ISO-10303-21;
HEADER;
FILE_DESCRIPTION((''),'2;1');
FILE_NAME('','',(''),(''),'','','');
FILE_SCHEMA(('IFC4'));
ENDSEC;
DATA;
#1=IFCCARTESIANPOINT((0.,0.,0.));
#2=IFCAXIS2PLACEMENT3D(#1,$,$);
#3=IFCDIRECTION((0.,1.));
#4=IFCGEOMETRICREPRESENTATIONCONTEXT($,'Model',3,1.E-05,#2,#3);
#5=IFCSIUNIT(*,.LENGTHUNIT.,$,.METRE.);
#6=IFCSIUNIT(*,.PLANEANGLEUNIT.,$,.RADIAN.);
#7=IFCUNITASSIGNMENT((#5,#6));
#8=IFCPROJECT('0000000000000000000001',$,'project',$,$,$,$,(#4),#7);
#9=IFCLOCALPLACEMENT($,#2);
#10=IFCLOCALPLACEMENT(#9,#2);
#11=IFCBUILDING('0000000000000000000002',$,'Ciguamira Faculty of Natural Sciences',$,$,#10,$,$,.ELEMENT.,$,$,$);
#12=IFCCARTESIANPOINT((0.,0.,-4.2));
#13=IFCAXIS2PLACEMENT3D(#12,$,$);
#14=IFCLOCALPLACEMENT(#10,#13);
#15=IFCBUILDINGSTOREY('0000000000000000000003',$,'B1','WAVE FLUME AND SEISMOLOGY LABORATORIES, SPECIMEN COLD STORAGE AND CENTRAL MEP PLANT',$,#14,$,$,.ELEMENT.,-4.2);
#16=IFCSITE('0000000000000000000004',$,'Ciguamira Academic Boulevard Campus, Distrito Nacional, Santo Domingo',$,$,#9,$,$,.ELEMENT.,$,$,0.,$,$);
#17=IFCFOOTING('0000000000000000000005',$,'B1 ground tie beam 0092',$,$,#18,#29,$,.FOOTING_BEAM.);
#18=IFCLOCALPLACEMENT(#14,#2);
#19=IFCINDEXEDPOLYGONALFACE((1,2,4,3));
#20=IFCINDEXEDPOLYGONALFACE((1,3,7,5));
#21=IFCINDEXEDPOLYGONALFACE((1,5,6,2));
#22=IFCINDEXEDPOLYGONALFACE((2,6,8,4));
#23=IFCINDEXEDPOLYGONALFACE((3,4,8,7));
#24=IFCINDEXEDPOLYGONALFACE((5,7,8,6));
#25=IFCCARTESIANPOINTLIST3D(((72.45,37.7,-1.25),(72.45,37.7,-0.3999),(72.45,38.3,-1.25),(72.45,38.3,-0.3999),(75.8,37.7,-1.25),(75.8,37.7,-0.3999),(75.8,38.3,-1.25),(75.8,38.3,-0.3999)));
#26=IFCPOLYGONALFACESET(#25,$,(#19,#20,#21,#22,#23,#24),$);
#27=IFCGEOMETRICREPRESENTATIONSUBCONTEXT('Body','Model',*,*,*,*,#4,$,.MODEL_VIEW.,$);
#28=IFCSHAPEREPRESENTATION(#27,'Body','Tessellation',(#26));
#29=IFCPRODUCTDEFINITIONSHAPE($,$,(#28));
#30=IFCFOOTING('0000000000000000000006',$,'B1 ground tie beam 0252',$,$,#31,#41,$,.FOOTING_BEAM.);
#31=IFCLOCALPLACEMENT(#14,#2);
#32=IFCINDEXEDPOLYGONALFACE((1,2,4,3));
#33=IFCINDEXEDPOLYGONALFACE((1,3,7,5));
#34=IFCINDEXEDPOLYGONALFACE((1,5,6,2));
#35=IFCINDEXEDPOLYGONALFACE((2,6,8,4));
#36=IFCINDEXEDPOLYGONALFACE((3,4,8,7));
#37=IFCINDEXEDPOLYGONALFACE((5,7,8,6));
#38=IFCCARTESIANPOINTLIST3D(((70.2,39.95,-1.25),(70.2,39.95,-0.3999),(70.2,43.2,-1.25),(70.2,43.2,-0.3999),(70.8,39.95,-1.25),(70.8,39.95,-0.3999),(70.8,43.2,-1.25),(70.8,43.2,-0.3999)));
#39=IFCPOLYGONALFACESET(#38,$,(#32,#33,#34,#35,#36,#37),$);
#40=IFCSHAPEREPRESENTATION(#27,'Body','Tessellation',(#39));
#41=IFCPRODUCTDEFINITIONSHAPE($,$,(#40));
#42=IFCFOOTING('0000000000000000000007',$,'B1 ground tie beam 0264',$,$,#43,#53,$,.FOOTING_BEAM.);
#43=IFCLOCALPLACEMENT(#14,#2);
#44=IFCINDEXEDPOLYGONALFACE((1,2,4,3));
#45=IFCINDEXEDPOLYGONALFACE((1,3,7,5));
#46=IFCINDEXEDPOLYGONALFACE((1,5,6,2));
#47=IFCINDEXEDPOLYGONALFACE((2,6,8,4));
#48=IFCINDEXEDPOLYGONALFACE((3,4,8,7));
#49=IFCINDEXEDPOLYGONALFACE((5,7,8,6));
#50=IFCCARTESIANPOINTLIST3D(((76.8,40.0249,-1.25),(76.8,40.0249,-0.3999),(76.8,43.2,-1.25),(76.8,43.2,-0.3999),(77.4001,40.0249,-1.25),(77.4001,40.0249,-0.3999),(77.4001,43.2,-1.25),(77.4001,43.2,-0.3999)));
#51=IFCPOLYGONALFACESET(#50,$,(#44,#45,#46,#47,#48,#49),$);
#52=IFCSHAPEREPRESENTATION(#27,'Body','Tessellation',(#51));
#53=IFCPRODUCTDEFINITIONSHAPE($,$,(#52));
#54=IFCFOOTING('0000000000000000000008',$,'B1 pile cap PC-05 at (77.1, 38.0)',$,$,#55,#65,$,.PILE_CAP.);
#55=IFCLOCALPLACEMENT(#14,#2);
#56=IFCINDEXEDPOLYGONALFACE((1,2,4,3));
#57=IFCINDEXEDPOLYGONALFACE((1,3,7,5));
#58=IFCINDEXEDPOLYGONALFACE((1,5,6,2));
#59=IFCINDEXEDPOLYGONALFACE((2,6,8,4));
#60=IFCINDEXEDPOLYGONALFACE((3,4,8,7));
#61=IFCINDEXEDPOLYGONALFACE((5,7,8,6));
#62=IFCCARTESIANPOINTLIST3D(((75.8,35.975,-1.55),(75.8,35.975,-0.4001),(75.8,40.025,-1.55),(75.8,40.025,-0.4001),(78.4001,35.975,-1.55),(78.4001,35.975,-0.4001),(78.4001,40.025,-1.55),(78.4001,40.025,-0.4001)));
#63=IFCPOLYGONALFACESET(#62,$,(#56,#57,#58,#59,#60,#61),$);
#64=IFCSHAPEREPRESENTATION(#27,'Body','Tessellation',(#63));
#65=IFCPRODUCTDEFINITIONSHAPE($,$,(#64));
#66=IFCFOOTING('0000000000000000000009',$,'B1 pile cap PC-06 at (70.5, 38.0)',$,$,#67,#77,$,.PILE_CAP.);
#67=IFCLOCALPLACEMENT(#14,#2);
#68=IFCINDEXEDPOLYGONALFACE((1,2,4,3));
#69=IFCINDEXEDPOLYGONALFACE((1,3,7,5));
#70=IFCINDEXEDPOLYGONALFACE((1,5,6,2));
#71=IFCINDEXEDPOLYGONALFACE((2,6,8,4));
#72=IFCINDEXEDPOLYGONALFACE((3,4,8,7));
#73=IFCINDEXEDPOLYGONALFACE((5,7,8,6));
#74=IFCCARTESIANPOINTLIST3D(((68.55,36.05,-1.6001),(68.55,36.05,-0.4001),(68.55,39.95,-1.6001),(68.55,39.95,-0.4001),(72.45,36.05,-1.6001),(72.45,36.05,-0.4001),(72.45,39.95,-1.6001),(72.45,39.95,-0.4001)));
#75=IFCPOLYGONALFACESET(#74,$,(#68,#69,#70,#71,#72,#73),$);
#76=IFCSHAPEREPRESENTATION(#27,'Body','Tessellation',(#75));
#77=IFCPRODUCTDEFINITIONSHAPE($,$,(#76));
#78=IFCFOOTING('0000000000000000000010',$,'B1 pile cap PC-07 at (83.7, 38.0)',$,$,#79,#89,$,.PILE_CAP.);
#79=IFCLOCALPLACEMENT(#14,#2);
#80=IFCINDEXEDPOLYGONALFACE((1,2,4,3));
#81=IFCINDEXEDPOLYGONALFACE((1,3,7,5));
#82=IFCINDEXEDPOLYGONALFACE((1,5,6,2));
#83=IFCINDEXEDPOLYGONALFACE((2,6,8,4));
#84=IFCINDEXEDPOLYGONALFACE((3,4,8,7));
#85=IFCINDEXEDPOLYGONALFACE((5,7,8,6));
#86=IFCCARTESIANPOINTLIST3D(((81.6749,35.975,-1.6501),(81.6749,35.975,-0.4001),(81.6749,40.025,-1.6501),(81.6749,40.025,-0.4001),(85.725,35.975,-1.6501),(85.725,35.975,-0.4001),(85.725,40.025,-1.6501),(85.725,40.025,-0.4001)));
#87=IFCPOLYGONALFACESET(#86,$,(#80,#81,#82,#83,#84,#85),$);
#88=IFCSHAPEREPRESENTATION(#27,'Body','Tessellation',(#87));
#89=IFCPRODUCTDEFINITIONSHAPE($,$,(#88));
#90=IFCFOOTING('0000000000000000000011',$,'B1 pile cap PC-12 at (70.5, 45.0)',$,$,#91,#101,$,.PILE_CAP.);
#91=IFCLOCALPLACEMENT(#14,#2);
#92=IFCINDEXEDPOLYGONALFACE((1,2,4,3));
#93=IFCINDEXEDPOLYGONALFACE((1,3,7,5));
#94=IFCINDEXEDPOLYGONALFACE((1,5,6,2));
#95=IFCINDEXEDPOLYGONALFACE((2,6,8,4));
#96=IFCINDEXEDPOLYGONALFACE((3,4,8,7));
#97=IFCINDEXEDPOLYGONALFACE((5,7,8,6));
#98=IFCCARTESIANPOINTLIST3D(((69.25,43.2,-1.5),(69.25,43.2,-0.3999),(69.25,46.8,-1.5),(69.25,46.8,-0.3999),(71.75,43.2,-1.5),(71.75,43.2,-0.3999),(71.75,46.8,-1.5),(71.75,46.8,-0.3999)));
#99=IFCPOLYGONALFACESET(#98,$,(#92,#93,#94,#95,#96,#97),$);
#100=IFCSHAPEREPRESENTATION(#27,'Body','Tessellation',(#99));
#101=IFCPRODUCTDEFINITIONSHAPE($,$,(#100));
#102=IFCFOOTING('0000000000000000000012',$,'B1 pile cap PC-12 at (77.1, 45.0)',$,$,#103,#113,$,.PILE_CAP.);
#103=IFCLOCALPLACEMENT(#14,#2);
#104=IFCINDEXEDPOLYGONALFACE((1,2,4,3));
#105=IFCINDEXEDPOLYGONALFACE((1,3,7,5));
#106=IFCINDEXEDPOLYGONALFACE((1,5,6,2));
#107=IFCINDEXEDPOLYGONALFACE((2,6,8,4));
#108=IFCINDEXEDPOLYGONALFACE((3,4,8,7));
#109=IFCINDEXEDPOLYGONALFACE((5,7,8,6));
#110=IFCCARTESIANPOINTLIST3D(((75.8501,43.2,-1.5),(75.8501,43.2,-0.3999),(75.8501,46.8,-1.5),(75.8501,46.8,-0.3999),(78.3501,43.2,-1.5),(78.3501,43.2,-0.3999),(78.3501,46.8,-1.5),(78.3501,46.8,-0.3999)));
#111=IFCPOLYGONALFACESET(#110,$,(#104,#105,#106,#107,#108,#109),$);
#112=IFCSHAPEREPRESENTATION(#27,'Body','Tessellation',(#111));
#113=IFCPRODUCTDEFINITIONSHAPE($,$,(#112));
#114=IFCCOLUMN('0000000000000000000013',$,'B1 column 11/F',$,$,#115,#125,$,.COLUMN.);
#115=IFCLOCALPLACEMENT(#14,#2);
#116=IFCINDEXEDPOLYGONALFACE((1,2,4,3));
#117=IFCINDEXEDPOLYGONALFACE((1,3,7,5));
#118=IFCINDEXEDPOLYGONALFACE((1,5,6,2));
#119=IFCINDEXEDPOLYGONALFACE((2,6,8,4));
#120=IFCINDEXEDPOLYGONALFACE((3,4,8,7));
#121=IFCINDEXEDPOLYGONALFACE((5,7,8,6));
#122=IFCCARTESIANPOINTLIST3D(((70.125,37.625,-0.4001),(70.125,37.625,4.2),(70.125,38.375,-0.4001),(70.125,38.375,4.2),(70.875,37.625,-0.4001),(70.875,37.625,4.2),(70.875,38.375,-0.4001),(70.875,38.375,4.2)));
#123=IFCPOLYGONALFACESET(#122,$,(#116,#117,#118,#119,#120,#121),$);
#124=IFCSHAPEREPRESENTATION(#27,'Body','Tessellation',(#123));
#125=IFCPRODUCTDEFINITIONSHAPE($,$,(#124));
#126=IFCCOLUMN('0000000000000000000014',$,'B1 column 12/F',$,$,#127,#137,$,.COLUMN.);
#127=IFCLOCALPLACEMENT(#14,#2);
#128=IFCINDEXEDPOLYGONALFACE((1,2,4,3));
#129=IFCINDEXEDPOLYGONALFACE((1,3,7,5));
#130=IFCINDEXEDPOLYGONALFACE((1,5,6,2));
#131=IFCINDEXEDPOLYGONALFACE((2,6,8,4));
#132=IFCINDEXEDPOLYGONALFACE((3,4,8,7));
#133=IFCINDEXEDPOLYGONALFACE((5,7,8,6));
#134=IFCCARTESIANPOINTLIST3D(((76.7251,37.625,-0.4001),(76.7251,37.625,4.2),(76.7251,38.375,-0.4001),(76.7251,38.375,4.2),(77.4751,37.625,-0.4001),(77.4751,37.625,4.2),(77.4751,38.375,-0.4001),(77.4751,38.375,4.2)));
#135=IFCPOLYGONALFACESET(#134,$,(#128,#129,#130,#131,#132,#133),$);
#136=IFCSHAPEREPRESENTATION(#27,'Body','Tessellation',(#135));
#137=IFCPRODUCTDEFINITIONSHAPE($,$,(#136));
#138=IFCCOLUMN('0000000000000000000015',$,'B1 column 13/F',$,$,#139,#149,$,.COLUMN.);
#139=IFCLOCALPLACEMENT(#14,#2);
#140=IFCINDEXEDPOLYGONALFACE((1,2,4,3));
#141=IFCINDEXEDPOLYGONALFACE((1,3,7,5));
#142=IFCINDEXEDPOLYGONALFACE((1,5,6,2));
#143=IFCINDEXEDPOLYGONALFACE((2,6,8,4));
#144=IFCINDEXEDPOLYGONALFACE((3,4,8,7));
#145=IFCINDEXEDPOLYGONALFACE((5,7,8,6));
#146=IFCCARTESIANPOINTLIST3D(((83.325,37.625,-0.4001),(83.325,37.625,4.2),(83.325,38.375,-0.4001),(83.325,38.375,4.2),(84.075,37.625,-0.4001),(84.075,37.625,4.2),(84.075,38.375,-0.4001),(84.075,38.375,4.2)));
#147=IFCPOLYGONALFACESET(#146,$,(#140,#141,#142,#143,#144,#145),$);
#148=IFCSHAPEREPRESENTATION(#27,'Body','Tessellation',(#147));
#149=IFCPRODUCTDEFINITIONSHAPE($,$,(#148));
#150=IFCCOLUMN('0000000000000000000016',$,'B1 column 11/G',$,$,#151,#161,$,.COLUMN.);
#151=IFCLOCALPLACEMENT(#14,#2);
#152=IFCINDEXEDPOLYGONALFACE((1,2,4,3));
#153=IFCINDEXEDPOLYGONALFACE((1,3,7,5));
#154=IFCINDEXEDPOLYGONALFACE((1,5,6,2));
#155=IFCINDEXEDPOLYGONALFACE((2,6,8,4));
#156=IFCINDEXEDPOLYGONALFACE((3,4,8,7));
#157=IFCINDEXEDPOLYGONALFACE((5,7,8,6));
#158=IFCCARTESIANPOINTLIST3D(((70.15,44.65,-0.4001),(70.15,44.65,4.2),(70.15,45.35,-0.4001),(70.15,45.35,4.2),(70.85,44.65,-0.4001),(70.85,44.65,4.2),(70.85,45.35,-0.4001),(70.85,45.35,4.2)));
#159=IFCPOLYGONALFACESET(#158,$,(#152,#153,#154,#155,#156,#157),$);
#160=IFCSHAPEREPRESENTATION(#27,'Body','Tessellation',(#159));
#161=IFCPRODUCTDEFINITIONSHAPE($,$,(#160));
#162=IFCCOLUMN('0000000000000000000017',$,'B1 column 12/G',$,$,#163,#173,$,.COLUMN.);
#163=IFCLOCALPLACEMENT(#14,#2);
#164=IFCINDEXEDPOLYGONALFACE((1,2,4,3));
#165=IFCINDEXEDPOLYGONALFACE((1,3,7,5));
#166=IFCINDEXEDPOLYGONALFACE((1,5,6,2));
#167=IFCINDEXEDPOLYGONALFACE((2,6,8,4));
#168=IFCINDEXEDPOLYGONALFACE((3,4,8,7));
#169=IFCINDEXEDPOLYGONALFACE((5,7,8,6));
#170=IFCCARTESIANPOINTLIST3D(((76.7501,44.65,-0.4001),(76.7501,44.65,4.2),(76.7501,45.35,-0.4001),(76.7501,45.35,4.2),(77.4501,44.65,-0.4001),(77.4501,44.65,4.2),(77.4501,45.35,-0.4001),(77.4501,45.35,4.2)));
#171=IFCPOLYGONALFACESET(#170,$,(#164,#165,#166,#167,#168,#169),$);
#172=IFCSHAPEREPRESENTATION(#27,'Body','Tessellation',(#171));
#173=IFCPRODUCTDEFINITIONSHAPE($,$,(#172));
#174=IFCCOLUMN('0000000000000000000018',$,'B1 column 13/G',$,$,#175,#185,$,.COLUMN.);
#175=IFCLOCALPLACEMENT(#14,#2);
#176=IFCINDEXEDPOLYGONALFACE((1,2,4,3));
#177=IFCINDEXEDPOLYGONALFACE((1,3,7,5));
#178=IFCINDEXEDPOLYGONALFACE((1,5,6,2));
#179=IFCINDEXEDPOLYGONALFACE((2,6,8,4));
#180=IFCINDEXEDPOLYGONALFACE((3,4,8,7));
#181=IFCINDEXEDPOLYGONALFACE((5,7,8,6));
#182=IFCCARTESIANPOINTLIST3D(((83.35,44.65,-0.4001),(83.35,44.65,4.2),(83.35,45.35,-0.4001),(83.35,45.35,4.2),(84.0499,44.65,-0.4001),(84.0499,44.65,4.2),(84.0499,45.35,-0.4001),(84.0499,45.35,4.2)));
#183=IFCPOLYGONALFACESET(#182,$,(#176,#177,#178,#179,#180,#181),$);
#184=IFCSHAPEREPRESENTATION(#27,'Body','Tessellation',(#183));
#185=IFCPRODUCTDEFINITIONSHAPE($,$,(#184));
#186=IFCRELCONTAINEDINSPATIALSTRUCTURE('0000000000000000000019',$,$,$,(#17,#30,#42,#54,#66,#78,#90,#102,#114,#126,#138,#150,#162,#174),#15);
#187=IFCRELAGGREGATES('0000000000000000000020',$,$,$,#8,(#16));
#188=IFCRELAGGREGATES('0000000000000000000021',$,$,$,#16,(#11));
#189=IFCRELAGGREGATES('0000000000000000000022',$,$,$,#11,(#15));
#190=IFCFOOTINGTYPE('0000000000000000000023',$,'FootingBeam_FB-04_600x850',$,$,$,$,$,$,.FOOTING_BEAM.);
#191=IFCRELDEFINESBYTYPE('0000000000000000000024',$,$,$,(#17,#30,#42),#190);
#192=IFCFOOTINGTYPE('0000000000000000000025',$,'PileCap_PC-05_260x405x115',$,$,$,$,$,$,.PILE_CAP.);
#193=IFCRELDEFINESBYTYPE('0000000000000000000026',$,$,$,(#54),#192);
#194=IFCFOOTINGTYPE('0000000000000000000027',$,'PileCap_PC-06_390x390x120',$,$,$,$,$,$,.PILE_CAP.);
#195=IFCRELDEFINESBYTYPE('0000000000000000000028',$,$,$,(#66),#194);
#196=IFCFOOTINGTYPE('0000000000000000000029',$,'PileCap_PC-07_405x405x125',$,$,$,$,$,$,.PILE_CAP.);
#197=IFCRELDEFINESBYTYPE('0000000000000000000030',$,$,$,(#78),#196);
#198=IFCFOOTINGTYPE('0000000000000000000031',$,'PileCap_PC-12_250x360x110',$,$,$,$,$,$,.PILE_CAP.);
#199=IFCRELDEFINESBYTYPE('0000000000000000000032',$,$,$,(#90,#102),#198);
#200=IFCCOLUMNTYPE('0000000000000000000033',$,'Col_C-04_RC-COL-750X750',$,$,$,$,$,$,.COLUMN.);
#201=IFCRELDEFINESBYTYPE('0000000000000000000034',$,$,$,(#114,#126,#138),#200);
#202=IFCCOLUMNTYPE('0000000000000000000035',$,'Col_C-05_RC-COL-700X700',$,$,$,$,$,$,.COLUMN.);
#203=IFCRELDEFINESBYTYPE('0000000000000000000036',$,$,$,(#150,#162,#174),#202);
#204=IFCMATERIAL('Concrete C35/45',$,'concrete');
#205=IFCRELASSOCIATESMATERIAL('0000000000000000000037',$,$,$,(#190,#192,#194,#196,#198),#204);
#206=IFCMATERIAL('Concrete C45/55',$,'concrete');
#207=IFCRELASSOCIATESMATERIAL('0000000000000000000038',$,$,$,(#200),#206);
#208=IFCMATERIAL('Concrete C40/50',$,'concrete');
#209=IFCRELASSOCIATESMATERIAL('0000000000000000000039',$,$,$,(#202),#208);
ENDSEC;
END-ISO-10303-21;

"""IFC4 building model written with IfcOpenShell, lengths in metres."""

from ifc_helpers import new_model, si_unit, direction, frame, origin, origin_2d, place, context, subcontext, project, spatial, rectangle, extrude, material, material_profile, profile_set, type_object, element, save


model = new_model("IFC4")

# Units and contexts
model_context = context("Model", 3, precision=1e-05, world=origin(), true_north=direction((0.0, 1.0)))
body_context = subcontext(model_context, "Body", "Model", "MODEL_VIEW")
ifc_project = project(units=[si_unit("LENGTHUNIT", "METRE"), si_unit("PLANEANGLEUNIT", "RADIAN")], contexts=[model_context])

# Site, building, storey
site_placement = place(None, origin())
site = spatial("IfcSite", under=ifc_project, at=site_placement, Name="Ciguamira Academic Boulevard Campus, Distrito Nacional, Santo Domingo", CompositionType="ELEMENT", RefElevation=0.0)
building_placement = place(site_placement, origin())
building = spatial("IfcBuilding", under=site, at=building_placement, Name="Ciguamira Faculty of Natural Sciences", CompositionType="ELEMENT")
storey_placement = place(building_placement, frame((0.0, 0.0, -4.2)))
storey = spatial("IfcBuildingStorey", under=building, at=storey_placement, Name="B1", Description="WAVE FLUME AND SEISMOLOGY LABORATORIES, SPECIMEN COLD STORAGE AND CENTRAL MEP PLANT", CompositionType="ELEMENT", Elevation=-4.2)

# Shared definitions
ifc_material_1 = material(Name="Concrete C35/45", Category="concrete")

# Footings
ifc_material_profile_1 = material_profile(ifc_material_1, rectangle(XDim=0.6001, YDim=0.8501, at=origin_2d()), Name="RC-FB-600X850")
ifc_profile_set_1 = profile_set([ifc_material_profile_1], Name="Concrete C35/45")
footing_type_1 = type_object("IfcFootingType", Name="FootingBeam_FB-04_600x850", PredefinedType="FOOTING_BEAM", material=ifc_profile_set_1)
footing_1_placement = place(storey_placement, frame((72.45, 38.0, -0.825), z_axis=(1.0, 0.0, 0.0), x_axis=(0.0, 1.0, 0.0)))
element("IfcFooting", 1, at=footing_1_placement, inside=storey, type_object=footing_type_1, Name="B1 ground tie beam 0092", PredefinedType="FOOTING_BEAM", context=body_context, shape_type="SweptSolid", body=[
    extrude(rectangle(XDim=0.6001, YDim=0.8501, at=origin_2d()), origin(), (0.0, 0.0, 1.0), 3.3501),
])
footing_2_placement = place(storey_placement, frame((70.5, 39.95, -0.825), z_axis=(0.0, 1.0, 0.0), x_axis=(-1.0, 0.0, 0.0)))
element("IfcFooting", 2, at=footing_2_placement, inside=storey, type_object=footing_type_1, Name="B1 ground tie beam 0252", PredefinedType="FOOTING_BEAM", context=body_context, shape_type="SweptSolid", body=[
    extrude(rectangle(XDim=0.6001, YDim=0.8501, at=origin_2d()), origin(), (0.0, 0.0, 1.0), 3.25),
])
footing_3_placement = place(storey_placement, frame((77.1001, 40.0249, -0.825), z_axis=(0.0, 1.0, 0.0), x_axis=(-1.0, 0.0, 0.0)))
element("IfcFooting", 3, at=footing_3_placement, inside=storey, type_object=footing_type_1, Name="B1 ground tie beam 0264", PredefinedType="FOOTING_BEAM", context=body_context, shape_type="SweptSolid", body=[
    extrude(rectangle(XDim=0.6001, YDim=0.8501, at=origin_2d()), origin(), (0.0, 0.0, 1.0), 3.175),
])
footing_type_2 = type_object("IfcFootingType", Name="PileCap_PC-05_260x405x115", PredefinedType="PILE_CAP", material=ifc_material_1)
footing_4_placement = place(storey_placement, frame((77.1001, 38.0, -1.55), z_axis=(0.0, 0.0, 1.0), x_axis=(1.0, 0.0, 0.0)))
element("IfcFooting", 4, at=footing_4_placement, inside=storey, type_object=footing_type_2, Name="B1 pile cap PC-05 at (77.1, 38.0)", PredefinedType="PILE_CAP", context=body_context, shape_type="SweptSolid", body=[
    extrude(rectangle(XDim=2.6001, YDim=4.05, at=origin_2d()), origin(), (0.0, 0.0, 1.0), 1.1499),
])
footing_type_3 = type_object("IfcFootingType", Name="PileCap_PC-06_390x390x120", PredefinedType="PILE_CAP", material=ifc_material_1)
footing_5_placement = place(storey_placement, frame((70.5, 38.0, -1.6001), z_axis=(0.0, 0.0, 1.0), x_axis=(1.0, 0.0, 0.0)))
element("IfcFooting", 5, at=footing_5_placement, inside=storey, type_object=footing_type_3, Name="B1 pile cap PC-06 at (70.5, 38.0)", PredefinedType="PILE_CAP", context=body_context, shape_type="SweptSolid", body=[
    extrude(rectangle(XDim=3.8999, YDim=3.8999, at=origin_2d()), origin(), (0.0, 0.0, 1.0), 1.2),
])
footing_type_4 = type_object("IfcFootingType", Name="PileCap_PC-07_405x405x125", PredefinedType="PILE_CAP", material=ifc_material_1)
footing_6_placement = place(storey_placement, frame((83.7, 38.0, -1.6501), z_axis=(0.0, 0.0, 1.0), x_axis=(1.0, 0.0, 0.0)))
element("IfcFooting", 6, at=footing_6_placement, inside=storey, type_object=footing_type_4, Name="B1 pile cap PC-07 at (83.7, 38.0)", PredefinedType="PILE_CAP", context=body_context, shape_type="SweptSolid", body=[
    extrude(rectangle(XDim=4.05, YDim=4.05, at=origin_2d()), origin(), (0.0, 0.0, 1.0), 1.25),
])
footing_type_5 = type_object("IfcFootingType", Name="PileCap_PC-12_250x360x110", PredefinedType="PILE_CAP", material=ifc_material_1)
for number, where, z_axis, x_axis, name in (
    (7, (70.5, 45.0, -1.5), (0.0, 0.0, 1.0), (1.0, 0.0, 0.0), "B1 pile cap PC-12 at (70.5, 45.0)"),
    (8, (77.1001, 45.0, -1.5), (0.0, 0.0, 1.0), (1.0, 0.0, 0.0), "B1 pile cap PC-12 at (77.1, 45.0)"),
):
    element("IfcFooting", number, at=place(storey_placement, frame(where, z_axis=z_axis, x_axis=x_axis)), inside=storey, type_object=footing_type_5, Name=name, PredefinedType="PILE_CAP", context=body_context, shape_type="SweptSolid", body=[
        extrude(rectangle(XDim=2.5, YDim=3.6001, at=origin_2d()), origin(), (0.0, 0.0, 1.0), 1.1001),
    ])

# Columns
ifc_material_2 = material(Name="Concrete C45/55", Category="concrete")
ifc_material_profile_2 = material_profile(ifc_material_2, rectangle(XDim=0.75, YDim=0.75, at=origin_2d()), Name="RC-COL-750X750")
ifc_profile_set_2 = profile_set([ifc_material_profile_2], Name="Concrete C45/55")
column_type_1 = type_object("IfcColumnType", Name="Col_C-04_RC-COL-750X750", PredefinedType="COLUMN", material=ifc_profile_set_2)
for number, where, z_axis, x_axis, name in (
    (9, (70.5, 38.0, -0.4001), (0.0, 0.0, 1.0), (1.0, 0.0, 0.0), "B1 column 11/F"),
    (10, (77.1001, 38.0, -0.4001), (0.0, 0.0, 1.0), (1.0, 0.0, 0.0), "B1 column 12/F"),
    (11, (83.7, 38.0, -0.4001), (0.0, 0.0, 1.0), (1.0, 0.0, 0.0), "B1 column 13/F"),
):
    element("IfcColumn", number, at=place(storey_placement, frame(where, z_axis=z_axis, x_axis=x_axis)), inside=storey, type_object=column_type_1, Name=name, PredefinedType="COLUMN", context=body_context, shape_type="SweptSolid", body=[
        extrude(rectangle(XDim=0.75, YDim=0.75, at=origin_2d()), origin(), (0.0, 0.0, 1.0), 4.6001),
    ])
ifc_material_3 = material(Name="Concrete C40/50", Category="concrete")
ifc_material_profile_3 = material_profile(ifc_material_3, rectangle(XDim=0.7, YDim=0.7, at=origin_2d()), Name="RC-COL-700X700")
ifc_profile_set_3 = profile_set([ifc_material_profile_3], Name="Concrete C40/50")
column_type_2 = type_object("IfcColumnType", Name="Col_C-05_RC-COL-700X700", PredefinedType="COLUMN", material=ifc_profile_set_3)
for number, where, z_axis, x_axis, name in (
    (12, (70.5, 45.0, -0.4001), (0.0, 0.0, 1.0), (1.0, 0.0, 0.0), "B1 column 11/G"),
    (13, (77.1001, 45.0, -0.4001), (0.0, 0.0, 1.0), (1.0, 0.0, 0.0), "B1 column 12/G"),
    (14, (83.7, 45.0, -0.4001), (0.0, 0.0, 1.0), (1.0, 0.0, 0.0), "B1 column 13/G"),
):
    element("IfcColumn", number, at=place(storey_placement, frame(where, z_axis=z_axis, x_axis=x_axis)), inside=storey, type_object=column_type_2, Name=name, PredefinedType="COLUMN", context=body_context, shape_type="SweptSolid", body=[
        extrude(rectangle(XDim=0.7, YDim=0.7, at=origin_2d()), origin(), (0.0, 0.0, 1.0), 4.6001),
    ])

save(model, "model.ifc")
